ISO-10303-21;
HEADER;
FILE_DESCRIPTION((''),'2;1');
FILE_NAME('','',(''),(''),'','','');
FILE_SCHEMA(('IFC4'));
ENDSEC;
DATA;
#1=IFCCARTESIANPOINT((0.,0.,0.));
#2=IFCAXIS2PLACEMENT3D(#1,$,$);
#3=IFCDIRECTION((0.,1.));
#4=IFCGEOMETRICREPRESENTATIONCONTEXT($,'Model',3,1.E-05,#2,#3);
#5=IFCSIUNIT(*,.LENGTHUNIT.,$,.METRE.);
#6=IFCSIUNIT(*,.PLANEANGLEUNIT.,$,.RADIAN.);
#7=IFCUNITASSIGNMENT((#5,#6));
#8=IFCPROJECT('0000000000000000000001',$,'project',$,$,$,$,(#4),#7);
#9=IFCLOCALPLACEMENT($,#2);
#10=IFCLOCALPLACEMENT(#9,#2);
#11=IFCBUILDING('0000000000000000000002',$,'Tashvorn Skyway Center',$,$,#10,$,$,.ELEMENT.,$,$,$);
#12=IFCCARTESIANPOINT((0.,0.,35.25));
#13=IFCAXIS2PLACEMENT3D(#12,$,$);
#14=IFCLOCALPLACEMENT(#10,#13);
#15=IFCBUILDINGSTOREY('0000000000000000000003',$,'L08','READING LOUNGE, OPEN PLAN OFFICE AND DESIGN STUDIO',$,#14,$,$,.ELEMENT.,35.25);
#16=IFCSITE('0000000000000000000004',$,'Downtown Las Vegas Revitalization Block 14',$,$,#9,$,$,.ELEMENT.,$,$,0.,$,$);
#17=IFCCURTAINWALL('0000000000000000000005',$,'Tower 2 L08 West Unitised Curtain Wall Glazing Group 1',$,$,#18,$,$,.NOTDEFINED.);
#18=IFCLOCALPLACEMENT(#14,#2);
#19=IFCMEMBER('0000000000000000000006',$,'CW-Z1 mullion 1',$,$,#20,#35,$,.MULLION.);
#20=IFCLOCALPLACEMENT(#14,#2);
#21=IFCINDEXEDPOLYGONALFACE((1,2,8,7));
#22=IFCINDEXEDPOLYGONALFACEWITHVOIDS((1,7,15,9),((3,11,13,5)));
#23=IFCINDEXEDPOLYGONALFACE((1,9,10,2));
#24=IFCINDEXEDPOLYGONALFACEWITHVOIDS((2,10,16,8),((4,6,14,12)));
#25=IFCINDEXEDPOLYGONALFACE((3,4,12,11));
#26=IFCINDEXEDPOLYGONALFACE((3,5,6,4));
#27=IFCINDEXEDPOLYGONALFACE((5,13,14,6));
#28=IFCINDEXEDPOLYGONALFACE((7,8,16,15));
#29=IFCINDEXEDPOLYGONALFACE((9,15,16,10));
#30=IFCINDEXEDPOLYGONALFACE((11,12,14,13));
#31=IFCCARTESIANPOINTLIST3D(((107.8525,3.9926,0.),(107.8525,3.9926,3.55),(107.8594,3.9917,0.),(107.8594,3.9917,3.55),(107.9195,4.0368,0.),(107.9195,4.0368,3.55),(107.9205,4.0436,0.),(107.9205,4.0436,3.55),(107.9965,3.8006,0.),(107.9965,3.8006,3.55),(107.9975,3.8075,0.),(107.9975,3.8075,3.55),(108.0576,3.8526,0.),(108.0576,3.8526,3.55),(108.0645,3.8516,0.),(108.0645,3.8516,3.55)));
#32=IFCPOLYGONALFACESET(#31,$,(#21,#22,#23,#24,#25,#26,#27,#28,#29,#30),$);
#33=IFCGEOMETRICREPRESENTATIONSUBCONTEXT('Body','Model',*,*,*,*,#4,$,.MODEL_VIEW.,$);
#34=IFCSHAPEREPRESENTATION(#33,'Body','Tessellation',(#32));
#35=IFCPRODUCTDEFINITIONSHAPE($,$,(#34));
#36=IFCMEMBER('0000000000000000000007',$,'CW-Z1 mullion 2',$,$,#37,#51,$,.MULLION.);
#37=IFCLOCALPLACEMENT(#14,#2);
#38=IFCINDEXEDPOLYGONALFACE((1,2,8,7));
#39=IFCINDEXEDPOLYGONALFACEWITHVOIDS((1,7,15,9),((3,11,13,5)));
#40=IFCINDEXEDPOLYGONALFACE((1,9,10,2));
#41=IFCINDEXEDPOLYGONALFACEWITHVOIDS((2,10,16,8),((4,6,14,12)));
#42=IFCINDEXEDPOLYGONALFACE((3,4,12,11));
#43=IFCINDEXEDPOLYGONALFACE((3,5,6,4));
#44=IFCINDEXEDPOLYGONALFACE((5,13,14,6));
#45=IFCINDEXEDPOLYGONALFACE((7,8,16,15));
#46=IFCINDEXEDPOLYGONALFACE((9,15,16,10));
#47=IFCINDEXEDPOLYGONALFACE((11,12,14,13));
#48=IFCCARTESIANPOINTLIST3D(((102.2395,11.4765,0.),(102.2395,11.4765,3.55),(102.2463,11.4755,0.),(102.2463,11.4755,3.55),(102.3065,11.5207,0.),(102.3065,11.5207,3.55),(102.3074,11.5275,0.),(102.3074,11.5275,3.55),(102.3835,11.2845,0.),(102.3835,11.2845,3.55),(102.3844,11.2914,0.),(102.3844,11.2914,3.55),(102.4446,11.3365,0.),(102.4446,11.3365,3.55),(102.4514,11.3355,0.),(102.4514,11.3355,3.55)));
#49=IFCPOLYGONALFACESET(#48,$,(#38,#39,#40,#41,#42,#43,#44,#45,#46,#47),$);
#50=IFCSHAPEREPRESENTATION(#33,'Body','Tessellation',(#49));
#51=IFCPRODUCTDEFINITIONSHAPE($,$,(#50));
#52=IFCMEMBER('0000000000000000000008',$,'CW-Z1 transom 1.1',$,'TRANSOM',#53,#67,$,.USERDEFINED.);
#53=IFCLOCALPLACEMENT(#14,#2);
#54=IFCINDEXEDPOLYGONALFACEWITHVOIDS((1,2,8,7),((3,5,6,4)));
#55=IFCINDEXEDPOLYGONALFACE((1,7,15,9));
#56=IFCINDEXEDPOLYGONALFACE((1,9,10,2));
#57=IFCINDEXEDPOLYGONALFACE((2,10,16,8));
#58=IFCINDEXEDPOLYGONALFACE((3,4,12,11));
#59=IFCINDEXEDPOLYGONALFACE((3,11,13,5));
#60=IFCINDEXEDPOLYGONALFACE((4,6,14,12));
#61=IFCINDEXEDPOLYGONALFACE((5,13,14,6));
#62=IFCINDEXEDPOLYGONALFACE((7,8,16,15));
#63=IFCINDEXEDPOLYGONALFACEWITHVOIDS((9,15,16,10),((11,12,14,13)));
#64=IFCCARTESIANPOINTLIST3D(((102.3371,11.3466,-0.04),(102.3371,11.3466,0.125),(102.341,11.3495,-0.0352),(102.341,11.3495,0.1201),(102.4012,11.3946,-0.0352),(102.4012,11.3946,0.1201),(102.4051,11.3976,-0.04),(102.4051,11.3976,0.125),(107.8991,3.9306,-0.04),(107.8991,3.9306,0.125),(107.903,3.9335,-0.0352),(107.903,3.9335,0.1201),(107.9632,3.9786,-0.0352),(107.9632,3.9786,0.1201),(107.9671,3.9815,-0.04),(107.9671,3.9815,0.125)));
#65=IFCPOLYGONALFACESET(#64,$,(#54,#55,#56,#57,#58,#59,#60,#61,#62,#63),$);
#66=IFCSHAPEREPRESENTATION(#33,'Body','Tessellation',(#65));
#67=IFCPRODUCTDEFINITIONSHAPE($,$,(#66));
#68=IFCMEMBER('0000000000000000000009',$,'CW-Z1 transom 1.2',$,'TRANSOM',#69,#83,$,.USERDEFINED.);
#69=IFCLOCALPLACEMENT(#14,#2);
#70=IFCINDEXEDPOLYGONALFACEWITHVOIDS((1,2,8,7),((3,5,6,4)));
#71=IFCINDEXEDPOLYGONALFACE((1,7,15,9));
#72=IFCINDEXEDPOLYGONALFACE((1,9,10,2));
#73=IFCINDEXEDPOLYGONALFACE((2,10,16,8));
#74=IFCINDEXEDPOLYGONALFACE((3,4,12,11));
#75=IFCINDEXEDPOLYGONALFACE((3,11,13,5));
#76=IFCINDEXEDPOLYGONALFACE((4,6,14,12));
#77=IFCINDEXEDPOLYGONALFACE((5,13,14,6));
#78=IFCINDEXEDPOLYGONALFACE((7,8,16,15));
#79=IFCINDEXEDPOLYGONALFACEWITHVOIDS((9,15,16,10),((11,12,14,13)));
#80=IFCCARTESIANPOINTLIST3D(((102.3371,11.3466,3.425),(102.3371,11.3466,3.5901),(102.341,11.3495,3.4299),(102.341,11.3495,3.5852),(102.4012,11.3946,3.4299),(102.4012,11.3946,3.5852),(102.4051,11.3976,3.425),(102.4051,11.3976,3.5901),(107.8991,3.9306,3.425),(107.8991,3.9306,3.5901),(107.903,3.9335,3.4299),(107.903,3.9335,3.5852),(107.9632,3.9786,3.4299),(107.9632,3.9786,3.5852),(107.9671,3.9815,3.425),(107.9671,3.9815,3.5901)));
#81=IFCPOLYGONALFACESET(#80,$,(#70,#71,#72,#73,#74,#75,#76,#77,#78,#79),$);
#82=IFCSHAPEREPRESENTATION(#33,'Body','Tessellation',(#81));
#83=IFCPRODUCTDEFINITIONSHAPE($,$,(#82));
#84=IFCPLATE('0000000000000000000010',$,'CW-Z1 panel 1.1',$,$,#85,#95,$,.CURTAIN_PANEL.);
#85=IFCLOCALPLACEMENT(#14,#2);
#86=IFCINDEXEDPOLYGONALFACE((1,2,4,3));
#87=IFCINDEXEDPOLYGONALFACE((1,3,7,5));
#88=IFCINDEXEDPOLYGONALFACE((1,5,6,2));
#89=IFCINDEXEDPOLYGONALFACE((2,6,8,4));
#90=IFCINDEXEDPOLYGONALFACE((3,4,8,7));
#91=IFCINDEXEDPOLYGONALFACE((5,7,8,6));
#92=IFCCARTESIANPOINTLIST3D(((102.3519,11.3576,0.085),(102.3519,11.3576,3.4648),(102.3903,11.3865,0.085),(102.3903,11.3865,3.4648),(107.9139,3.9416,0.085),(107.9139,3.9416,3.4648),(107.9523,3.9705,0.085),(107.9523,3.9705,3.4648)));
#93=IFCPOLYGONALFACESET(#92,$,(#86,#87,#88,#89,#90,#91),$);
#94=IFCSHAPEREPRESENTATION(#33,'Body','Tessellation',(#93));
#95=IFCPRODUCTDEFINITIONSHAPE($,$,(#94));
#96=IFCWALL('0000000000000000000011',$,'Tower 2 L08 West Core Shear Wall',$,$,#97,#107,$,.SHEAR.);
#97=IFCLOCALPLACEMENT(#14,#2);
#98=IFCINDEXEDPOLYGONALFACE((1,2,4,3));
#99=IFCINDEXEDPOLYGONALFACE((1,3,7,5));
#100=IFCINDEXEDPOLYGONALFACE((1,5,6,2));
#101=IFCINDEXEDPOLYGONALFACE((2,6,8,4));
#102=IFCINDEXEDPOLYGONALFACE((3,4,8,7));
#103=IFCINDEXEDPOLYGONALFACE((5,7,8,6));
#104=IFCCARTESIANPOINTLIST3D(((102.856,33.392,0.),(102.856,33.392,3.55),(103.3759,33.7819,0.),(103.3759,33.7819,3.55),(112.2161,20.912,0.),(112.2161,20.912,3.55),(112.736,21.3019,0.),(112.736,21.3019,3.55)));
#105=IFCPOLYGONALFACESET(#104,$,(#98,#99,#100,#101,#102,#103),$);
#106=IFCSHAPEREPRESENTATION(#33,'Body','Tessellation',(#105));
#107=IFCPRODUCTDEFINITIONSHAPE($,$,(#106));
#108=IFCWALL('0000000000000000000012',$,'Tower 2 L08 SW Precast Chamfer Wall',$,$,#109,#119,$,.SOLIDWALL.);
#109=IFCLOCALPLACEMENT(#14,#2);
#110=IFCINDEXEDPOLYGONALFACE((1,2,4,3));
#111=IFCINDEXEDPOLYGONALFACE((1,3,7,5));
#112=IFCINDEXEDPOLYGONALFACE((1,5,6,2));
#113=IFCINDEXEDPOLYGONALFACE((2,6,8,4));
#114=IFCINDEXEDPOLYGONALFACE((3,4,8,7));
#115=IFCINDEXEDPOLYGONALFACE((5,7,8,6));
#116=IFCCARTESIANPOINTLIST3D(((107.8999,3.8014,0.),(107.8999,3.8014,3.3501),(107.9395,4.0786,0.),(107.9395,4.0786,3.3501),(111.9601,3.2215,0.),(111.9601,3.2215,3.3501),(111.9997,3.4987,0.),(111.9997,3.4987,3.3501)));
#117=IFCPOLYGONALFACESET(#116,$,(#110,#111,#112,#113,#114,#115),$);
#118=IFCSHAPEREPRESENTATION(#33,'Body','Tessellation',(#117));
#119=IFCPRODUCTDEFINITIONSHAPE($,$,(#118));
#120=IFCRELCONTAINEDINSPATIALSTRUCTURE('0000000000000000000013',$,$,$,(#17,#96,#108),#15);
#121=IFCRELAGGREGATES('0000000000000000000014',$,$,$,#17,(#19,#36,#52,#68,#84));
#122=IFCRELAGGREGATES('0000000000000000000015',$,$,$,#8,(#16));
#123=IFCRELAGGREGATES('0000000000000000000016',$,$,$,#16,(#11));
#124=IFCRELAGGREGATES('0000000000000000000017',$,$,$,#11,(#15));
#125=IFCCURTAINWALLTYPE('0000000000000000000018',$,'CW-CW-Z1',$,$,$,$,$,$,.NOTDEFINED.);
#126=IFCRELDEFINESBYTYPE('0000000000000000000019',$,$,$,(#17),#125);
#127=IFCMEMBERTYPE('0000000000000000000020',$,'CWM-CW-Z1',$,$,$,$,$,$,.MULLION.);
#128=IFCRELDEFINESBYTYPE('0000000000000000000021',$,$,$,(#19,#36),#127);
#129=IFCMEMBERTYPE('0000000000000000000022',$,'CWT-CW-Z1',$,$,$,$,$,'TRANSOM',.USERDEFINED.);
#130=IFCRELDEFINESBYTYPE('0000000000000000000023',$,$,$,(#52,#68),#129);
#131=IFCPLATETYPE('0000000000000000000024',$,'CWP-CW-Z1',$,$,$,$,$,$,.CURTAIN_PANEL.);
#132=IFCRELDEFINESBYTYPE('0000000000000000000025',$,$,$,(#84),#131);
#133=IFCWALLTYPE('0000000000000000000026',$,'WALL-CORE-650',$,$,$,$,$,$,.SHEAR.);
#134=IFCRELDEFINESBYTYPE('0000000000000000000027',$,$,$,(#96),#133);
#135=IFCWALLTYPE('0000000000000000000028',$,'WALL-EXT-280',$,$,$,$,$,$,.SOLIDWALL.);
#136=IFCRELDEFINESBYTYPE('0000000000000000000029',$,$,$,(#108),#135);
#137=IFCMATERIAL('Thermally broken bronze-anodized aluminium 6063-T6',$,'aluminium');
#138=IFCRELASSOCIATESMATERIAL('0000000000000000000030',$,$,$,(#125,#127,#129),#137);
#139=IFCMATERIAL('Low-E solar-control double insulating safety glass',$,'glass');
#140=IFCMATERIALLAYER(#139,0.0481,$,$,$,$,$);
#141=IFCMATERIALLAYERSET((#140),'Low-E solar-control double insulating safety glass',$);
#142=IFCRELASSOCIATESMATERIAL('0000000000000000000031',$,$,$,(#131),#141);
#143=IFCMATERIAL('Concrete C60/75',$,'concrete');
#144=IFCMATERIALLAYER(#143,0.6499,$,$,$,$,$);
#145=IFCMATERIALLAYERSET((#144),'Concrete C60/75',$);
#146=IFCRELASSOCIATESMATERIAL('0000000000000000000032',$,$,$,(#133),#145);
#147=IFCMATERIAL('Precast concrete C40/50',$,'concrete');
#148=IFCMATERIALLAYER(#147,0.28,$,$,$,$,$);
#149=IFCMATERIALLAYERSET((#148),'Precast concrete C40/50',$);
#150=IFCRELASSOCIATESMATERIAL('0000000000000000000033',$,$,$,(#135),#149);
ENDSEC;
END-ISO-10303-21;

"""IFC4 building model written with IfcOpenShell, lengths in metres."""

from ifc_helpers import new_model, si_unit, direction, frame, frame_2d, origin, origin_2d, place, context, subcontext, project, spatial, rectangle, hollow_rectangle, extrude, material, layer, layer_set, material_profile, profile_set, type_object, element, aggregate, save


model = new_model("IFC4")

# Units and contexts
model_context = context("Model", 3, precision=1e-05, world=origin(), true_north=direction((0.0, 1.0)))
body_context = subcontext(model_context, "Body", "Model", "MODEL_VIEW")
ifc_project = project(units=[si_unit("LENGTHUNIT", "METRE"), si_unit("PLANEANGLEUNIT", "RADIAN")], contexts=[model_context])

# Site, building, storey
site_placement = place(None, origin())
site = spatial("IfcSite", under=ifc_project, at=site_placement, Name="Downtown Las Vegas Revitalization Block 14", CompositionType="ELEMENT", RefElevation=0.0)
building_placement = place(site_placement, origin())
building = spatial("IfcBuilding", under=site, at=building_placement, Name="Tashvorn Skyway Center", CompositionType="ELEMENT")
storey_placement = place(building_placement, frame((0.0, 0.0, 35.25)))
storey = spatial("IfcBuildingStorey", under=building, at=storey_placement, Name="L08", Description="READING LOUNGE, OPEN PLAN OFFICE AND DESIGN STUDIO", CompositionType="ELEMENT", Elevation=35.25)

# Shared definitions
ifc_material_1 = material(Name="Concrete C60/75", Category="concrete")

# Shared definitions
ifc_material_2 = material(Name="Thermally broken bronze-anodized aluminium 6063-T6", Category="aluminium")
curtain_wall_type = type_object("IfcCurtainWallType", Name="CW-CW-Z1", PredefinedType="NOTDEFINED", material=ifc_material_2)
ifc_material_profile_1 = material_profile(ifc_material_2, hollow_rectangle(XDim=0.085, YDim=0.24, WallThickness=0.0049, at=origin_2d()), Name="ALU-MULL-85x240")
ifc_profile_set_1 = profile_set([ifc_material_profile_1], Name="Thermally broken bronze-anodized aluminium 6063-T6")
member_type_1 = type_object("IfcMemberType", Name="CWM-CW-Z1", PredefinedType="MULLION", material=ifc_profile_set_1)

# Curtain wall, members, plate
curtain_wall_1_placement = place(storey_placement, origin())
curtain_wall_1 = element("IfcCurtainWall", 1, at=curtain_wall_1_placement, inside=storey, type_object=curtain_wall_type, Name="Tower 2 L08 West Unitised Curtain Wall Glazing Group 1", PredefinedType="NOTDEFINED")
member_1_placement = place(storey_placement, frame((107.9585, 3.9221, 0.0), z_axis=(0.0, 0.0, 1.0), x_axis=(-0.8, -0.6, 0.0)))
member_1 = element("IfcMember", 2, at=member_1_placement, type_object=member_type_1, Name="CW-Z1 mullion 1", PredefinedType="MULLION", context=body_context, shape_type="SweptSolid", body=[
    extrude(hollow_rectangle(XDim=0.085, YDim=0.24, WallThickness=0.0049, at=origin_2d()), origin(), (0.0, 0.0, 1.0), 3.55),
])
member_2_placement = place(storey_placement, frame((102.3455, 11.406, 0.0), z_axis=(0.0, 0.0, 1.0), x_axis=(-0.8, -0.6, 0.0)))
member_2 = element("IfcMember", 3, at=member_2_placement, type_object=member_type_1, Name="CW-Z1 mullion 2", PredefinedType="MULLION", context=body_context, shape_type="SweptSolid", body=[
    extrude(hollow_rectangle(XDim=0.085, YDim=0.24, WallThickness=0.0049, at=origin_2d()), origin(), (0.0, 0.0, 1.0), 3.55),
])
ifc_material_profile_2 = material_profile(ifc_material_2, hollow_rectangle(XDim=0.085, YDim=0.165, WallThickness=0.0049, at=origin_2d()), Name="ALU-TRAN-85x165")
ifc_profile_set_2 = profile_set([ifc_material_profile_2], Name="Thermally broken bronze-anodized aluminium 6063-T6")
member_type_2 = type_object("IfcMemberType", Name="CWT-CW-Z1", ElementType="TRANSOM", PredefinedType="USERDEFINED", material=ifc_profile_set_2)
member_3_placement = place(storey_placement, frame((107.9331, 3.9561, 0.0425), z_axis=(-0.6, 0.8, 0.0), x_axis=(-0.8, -0.6, 0.0)))
member_3 = element("IfcMember", 4, at=member_3_placement, type_object=member_type_2, Name="CW-Z1 transom 1.1", ObjectType="TRANSOM", PredefinedType="USERDEFINED", context=body_context, shape_type="SweptSolid", body=[
    extrude(hollow_rectangle(XDim=0.085, YDim=0.165, WallThickness=0.0049, at=origin_2d()), origin(), (0.0, 0.0, 1.0), 9.27),
])
member_4_placement = place(storey_placement, frame((107.9331, 3.9561, 3.5076), z_axis=(-0.6, 0.8, 0.0), x_axis=(-0.8, -0.6, 0.0)))
member_4 = element("IfcMember", 5, at=member_4_placement, type_object=member_type_2, Name="CW-Z1 transom 1.2", ObjectType="TRANSOM", PredefinedType="USERDEFINED", context=body_context, shape_type="SweptSolid", body=[
    extrude(hollow_rectangle(XDim=0.085, YDim=0.165, WallThickness=0.0049, at=origin_2d()), origin(), (0.0, 0.0, 1.0), 9.27),
])
ifc_material_3 = material(Name="Low-E solar-control double insulating safety glass", Category="glass")
ifc_layer_1 = layer(ifc_material_3, 0.0481)
ifc_layer_set_1 = layer_set([ifc_layer_1], Name="Low-E solar-control double insulating safety glass")
plate_type = type_object("IfcPlateType", Name="CWP-CW-Z1", PredefinedType="CURTAIN_PANEL", material=ifc_layer_set_1)
plate_placement = place(storey_placement, frame((105.1521, 7.6641, 0.085), z_axis=(0.0, 0.0, 1.0), x_axis=(-0.6, 0.8, 0.0)))
plate = element("IfcPlate", 6, at=plate_placement, type_object=plate_type, Name="CW-Z1 panel 1.1", PredefinedType="CURTAIN_PANEL", context=body_context, shape_type="SweptSolid", body=[
    extrude(rectangle(XDim=9.27, YDim=0.0481, at=origin_2d()), origin(), (0.0, 0.0, 1.0), 3.3799),
])
aggregate(curtain_wall_1, [member_1, member_2, member_3, member_4, plate])

# Walls
ifc_layer_2 = layer(ifc_material_1, 0.6499)
ifc_layer_set_2 = layer_set([ifc_layer_2], Name="Concrete C60/75")
wall_type_1 = type_object("IfcWallType", Name="WALL-CORE-650", PredefinedType="SHEAR", material=ifc_layer_set_2)
wall_1_placement = place(storey_placement, frame((112.4761, 21.1069, 0.0), z_axis=(0.0, 0.0, 1.0), x_axis=(-0.600005, 0.799996, 0.0)))
element("IfcWall", 7, at=wall_1_placement, inside=storey, type_object=wall_type_1, Name="Tower 2 L08 West Core Shear Wall", PredefinedType="SHEAR", context=body_context, shape_type="SweptSolid", body=[
    extrude(rectangle(XDim=15.6001, YDim=0.6499, at=frame_2d((7.8, 0.0))), origin(), (0.0, 0.0, 1.0), 3.55),
])
ifc_material_4 = material(Name="Precast concrete C40/50", Category="concrete")
ifc_layer_3 = layer(ifc_material_4, 0.28)
ifc_layer_set_3 = layer_set([ifc_layer_3], Name="Precast concrete C40/50")
wall_type_2 = type_object("IfcWallType", Name="WALL-EXT-280", PredefinedType="SOLIDWALL", material=ifc_layer_set_3)
wall_2_placement = place(storey_placement, frame((111.98, 3.3601, 0.0), z_axis=(0.0, 0.0, 1.0), x_axis=(-0.989955, 0.14138, 0.0)))
element("IfcWall", 8, at=wall_2_placement, inside=storey, type_object=wall_type_2, Name="Tower 2 L08 SW Precast Chamfer Wall", PredefinedType="SOLIDWALL", context=body_context, shape_type="SweptSolid", body=[
    extrude(rectangle(XDim=4.1013, YDim=0.28, at=frame_2d((2.0508, 0.0))), origin(), (0.0, 0.0, 1.0), 3.3501),
])

save(model, "model.ifc")
